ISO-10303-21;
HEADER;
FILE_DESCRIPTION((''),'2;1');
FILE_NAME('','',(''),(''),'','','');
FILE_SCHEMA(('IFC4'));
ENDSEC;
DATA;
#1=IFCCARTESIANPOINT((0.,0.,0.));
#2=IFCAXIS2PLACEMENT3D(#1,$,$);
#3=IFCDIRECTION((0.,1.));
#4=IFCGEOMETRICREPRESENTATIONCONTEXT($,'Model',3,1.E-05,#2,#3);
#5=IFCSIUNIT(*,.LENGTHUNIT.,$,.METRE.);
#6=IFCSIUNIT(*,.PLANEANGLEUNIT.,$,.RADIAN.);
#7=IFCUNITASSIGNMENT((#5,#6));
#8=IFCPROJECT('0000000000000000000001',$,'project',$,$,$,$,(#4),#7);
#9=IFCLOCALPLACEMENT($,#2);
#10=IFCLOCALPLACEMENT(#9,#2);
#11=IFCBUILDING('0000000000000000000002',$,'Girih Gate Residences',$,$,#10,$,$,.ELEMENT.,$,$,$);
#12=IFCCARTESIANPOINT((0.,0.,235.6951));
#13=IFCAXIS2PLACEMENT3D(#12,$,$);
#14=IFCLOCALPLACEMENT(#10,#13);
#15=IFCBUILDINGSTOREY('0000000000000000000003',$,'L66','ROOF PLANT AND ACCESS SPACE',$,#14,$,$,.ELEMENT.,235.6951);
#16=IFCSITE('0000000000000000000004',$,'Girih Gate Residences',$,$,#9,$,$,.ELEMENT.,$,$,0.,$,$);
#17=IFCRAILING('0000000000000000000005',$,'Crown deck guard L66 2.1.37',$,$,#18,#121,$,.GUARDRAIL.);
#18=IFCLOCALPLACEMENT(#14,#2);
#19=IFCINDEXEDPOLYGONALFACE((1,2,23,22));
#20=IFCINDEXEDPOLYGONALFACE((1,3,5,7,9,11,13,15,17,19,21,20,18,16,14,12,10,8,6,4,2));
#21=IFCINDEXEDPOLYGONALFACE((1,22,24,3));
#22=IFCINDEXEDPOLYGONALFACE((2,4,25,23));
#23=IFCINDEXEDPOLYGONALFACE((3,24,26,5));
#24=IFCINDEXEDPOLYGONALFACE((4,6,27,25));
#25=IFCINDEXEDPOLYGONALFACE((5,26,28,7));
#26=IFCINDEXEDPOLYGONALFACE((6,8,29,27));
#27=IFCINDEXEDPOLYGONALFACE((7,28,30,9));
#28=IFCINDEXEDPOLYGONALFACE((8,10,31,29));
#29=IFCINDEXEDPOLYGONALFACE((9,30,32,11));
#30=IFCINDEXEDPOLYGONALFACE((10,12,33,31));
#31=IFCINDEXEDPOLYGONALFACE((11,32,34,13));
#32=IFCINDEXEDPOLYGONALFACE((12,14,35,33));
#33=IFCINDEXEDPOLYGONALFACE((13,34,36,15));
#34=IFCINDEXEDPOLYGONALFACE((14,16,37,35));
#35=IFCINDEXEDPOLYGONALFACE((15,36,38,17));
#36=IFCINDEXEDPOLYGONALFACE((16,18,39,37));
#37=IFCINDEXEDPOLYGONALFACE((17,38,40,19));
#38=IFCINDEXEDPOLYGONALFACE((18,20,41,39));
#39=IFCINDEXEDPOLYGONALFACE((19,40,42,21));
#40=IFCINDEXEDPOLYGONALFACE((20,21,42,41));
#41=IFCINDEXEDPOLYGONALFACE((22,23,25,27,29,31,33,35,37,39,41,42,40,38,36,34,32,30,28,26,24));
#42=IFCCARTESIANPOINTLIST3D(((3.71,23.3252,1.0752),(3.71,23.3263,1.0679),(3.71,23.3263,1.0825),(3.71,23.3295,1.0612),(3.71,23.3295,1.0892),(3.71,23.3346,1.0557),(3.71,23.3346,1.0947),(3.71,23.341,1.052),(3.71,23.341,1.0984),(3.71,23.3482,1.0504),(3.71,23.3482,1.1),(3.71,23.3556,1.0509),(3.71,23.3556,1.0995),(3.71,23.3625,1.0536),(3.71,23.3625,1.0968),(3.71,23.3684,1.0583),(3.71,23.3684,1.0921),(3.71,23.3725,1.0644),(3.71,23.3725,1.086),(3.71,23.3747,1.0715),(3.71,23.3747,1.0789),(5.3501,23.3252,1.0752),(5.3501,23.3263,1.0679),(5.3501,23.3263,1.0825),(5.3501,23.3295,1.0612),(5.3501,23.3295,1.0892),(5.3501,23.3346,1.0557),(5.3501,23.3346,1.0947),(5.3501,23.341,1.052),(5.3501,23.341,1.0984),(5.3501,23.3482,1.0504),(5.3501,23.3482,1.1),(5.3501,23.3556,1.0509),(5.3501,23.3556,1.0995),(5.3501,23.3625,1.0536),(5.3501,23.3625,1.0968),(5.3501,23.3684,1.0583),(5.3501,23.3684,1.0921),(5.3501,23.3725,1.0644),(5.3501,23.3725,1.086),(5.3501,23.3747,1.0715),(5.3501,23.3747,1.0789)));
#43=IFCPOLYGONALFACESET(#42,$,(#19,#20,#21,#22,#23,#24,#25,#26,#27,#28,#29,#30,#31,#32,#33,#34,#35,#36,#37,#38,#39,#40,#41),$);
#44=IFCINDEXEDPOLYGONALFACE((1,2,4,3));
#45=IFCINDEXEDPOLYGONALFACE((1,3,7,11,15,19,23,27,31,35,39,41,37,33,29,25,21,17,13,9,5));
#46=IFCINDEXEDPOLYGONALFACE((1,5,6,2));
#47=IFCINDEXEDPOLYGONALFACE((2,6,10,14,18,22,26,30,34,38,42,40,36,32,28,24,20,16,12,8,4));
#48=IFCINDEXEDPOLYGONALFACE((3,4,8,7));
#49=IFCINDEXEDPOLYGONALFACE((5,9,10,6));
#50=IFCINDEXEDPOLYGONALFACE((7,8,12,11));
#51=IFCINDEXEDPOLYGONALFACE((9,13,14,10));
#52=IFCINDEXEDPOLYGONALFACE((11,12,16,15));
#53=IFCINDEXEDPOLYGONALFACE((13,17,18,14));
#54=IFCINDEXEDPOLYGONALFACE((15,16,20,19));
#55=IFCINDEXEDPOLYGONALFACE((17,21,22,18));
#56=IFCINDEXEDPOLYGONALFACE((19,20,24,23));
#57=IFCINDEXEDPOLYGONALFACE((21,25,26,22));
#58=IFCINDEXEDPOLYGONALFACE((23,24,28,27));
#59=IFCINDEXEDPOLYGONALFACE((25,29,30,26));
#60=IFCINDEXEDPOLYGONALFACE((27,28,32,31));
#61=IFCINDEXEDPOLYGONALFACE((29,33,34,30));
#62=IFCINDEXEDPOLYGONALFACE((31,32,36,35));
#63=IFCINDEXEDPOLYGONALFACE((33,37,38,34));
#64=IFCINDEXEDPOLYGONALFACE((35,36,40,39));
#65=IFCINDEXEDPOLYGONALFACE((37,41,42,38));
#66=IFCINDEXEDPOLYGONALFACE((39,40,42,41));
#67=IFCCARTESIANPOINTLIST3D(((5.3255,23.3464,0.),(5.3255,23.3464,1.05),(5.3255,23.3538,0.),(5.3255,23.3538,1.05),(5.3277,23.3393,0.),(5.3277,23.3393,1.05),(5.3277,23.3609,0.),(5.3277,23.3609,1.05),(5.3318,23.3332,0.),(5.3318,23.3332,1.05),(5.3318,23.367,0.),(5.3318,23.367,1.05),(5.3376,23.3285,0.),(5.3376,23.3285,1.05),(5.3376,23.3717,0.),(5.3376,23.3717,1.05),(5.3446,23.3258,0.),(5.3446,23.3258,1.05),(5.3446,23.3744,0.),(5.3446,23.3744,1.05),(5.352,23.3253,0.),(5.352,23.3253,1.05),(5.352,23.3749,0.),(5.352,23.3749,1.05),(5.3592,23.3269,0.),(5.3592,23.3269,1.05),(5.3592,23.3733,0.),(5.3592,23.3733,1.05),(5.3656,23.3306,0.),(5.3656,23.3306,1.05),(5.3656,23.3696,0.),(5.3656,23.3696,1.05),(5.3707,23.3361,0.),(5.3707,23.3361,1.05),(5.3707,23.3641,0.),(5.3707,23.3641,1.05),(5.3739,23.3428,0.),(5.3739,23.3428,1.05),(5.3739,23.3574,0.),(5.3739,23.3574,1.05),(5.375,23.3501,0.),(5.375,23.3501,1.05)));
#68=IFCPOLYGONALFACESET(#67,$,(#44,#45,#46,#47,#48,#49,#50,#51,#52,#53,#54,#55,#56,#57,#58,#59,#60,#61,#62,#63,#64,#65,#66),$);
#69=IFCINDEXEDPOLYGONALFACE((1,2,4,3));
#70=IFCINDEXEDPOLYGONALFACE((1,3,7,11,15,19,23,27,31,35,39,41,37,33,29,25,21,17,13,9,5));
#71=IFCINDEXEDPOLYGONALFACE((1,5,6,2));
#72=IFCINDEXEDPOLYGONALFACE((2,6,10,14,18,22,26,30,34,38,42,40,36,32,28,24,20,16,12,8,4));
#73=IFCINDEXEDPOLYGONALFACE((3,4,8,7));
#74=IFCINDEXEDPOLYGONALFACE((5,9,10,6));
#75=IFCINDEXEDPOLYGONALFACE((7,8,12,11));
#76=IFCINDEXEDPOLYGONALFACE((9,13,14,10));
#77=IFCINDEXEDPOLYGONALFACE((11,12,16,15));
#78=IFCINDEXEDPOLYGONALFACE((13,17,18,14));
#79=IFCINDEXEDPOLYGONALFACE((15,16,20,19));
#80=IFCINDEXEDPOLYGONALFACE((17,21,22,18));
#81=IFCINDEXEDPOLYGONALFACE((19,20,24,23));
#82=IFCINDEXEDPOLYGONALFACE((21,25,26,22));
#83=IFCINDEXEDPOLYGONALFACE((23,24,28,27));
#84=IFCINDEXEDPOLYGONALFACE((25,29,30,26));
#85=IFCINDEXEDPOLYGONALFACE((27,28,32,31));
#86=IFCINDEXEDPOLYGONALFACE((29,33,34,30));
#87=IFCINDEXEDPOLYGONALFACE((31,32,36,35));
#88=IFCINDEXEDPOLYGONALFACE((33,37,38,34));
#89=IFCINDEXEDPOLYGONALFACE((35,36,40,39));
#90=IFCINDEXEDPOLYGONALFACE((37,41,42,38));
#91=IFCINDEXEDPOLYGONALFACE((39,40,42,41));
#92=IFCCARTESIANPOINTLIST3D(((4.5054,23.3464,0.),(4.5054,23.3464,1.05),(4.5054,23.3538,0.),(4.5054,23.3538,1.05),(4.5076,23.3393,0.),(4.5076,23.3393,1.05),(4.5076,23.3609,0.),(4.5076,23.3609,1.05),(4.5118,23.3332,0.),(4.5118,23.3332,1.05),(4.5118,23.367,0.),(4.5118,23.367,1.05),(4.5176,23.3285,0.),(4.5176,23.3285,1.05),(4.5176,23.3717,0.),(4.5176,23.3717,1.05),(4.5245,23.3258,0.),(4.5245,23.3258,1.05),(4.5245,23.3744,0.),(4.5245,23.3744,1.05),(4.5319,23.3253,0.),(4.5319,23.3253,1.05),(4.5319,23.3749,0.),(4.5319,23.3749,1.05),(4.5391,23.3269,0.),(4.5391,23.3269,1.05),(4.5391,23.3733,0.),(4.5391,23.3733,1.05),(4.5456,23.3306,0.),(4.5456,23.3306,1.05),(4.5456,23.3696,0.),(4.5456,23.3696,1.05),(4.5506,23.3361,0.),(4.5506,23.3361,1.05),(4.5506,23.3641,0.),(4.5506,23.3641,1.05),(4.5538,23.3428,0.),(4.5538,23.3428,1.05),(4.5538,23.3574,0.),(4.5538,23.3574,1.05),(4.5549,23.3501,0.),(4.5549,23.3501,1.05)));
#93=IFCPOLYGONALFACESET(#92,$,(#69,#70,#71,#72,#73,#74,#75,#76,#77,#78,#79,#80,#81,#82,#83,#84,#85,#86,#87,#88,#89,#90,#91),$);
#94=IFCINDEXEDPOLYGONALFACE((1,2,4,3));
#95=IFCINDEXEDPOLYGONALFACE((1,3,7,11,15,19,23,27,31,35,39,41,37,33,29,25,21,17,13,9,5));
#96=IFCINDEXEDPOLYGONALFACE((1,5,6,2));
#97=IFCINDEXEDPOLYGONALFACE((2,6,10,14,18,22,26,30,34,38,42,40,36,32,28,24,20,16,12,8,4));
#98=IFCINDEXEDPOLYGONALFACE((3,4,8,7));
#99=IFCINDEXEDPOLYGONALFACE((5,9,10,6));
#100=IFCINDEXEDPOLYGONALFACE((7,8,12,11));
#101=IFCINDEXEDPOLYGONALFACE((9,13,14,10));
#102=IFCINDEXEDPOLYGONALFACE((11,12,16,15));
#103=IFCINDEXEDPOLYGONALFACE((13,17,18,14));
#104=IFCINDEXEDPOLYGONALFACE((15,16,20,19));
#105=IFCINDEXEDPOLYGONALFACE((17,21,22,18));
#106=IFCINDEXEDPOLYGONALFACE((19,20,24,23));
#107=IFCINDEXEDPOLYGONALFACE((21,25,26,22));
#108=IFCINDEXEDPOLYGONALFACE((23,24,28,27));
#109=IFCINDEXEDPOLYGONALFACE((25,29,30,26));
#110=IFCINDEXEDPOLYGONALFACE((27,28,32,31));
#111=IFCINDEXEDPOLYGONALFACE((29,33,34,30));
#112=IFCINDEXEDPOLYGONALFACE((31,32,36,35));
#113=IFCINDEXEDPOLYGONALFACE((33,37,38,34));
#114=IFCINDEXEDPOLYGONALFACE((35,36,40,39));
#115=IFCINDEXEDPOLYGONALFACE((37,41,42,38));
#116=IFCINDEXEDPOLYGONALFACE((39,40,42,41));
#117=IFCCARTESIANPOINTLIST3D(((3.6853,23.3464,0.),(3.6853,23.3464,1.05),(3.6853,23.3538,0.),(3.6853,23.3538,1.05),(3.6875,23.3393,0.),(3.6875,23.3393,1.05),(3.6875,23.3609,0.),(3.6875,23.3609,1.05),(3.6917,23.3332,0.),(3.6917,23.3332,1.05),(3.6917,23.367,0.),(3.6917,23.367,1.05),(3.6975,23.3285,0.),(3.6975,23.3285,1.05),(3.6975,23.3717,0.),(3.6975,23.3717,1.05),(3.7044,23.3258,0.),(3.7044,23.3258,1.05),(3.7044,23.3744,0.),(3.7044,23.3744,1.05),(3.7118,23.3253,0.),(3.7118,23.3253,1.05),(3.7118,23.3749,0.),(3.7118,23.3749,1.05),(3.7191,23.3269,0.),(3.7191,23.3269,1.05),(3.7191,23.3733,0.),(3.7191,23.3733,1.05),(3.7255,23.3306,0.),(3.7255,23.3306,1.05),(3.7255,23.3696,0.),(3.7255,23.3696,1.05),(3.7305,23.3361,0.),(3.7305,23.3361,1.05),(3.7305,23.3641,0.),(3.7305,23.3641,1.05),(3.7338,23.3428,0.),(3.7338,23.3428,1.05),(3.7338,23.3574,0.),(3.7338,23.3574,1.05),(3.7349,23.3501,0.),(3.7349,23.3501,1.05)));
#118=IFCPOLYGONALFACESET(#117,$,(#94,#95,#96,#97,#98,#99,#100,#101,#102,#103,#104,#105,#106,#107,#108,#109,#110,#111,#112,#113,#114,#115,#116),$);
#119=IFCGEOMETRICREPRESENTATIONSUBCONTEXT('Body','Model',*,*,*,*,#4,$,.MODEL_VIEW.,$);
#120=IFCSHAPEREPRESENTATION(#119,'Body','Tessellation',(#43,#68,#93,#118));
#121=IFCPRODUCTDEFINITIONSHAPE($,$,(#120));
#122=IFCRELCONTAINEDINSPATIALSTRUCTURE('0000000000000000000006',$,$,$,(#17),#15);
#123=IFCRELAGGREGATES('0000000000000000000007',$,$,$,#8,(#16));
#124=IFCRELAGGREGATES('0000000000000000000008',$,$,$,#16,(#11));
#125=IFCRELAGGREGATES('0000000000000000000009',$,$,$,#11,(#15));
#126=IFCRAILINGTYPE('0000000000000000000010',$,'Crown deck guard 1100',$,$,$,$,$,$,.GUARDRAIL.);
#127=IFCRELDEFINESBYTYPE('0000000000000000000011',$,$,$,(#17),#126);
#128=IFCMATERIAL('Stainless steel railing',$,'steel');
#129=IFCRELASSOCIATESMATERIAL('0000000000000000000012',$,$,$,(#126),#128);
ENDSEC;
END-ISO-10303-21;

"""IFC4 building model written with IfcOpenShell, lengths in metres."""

from ifc_helpers import new_model, si_unit, direction, frame, origin, origin_2d, place, context, subcontext, project, spatial, circle, extrude, material, type_object, element, save


model = new_model("IFC4")

# Units and contexts
model_context = context("Model", 3, precision=1e-05, world=origin(), true_north=direction((0.0, 1.0)))
body_context = subcontext(model_context, "Body", "Model", "MODEL_VIEW")
ifc_project = project(units=[si_unit("LENGTHUNIT", "METRE"), si_unit("PLANEANGLEUNIT", "RADIAN")], contexts=[model_context])

# Site, building, storey
site_placement = place(None, origin())
site = spatial("IfcSite", under=ifc_project, at=site_placement, Name="Girih Gate Residences", CompositionType="ELEMENT", RefElevation=0.0)
building_placement = place(site_placement, origin())
building = spatial("IfcBuilding", under=site, at=building_placement, Name="Girih Gate Residences", CompositionType="ELEMENT")
storey_placement = place(building_placement, frame((0.0, 0.0, 235.6951)))
storey = spatial("IfcBuildingStorey", under=building, at=storey_placement, Name="L66", Description="ROOF PLANT AND ACCESS SPACE", CompositionType="ELEMENT", Elevation=235.6951)

# Railing
ifc_material_1 = material(Name="Stainless steel railing", Category="steel")
railing_type = type_object("IfcRailingType", Name="Crown deck guard 1100", PredefinedType="GUARDRAIL", material=ifc_material_1)
railing_1_placement = place(storey_placement, frame((5.3501, 23.3501, 0.0)))
element("IfcRailing", 1, at=railing_1_placement, inside=storey, type_object=railing_type, Name="Crown deck guard L66 2.1.37", PredefinedType="GUARDRAIL", context=body_context, shape_type="SweptSolid", body=[
    extrude(circle(Radius=0.0249, at=origin_2d()), frame((0.0, 0.0, 1.0752), z_axis=(-1.0, 0.0, 0.0), x_axis=(0.0, -1.0, 0.0)), (0.0, 0.0, 1.0), 1.6401),
    extrude(circle(Radius=0.0249, at=origin_2d()), origin(), (0.0, 0.0, 1.0), 1.05),
    extrude(circle(Radius=0.0249, at=origin_2d()), frame((-0.8201, 0.0, 0.0)), (0.0, 0.0, 1.0), 1.05),
    extrude(circle(Radius=0.0249, at=origin_2d()), frame((-1.6401, 0.0, 0.0)), (0.0, 0.0, 1.0), 1.05),
])

save(model, "model.ifc")
